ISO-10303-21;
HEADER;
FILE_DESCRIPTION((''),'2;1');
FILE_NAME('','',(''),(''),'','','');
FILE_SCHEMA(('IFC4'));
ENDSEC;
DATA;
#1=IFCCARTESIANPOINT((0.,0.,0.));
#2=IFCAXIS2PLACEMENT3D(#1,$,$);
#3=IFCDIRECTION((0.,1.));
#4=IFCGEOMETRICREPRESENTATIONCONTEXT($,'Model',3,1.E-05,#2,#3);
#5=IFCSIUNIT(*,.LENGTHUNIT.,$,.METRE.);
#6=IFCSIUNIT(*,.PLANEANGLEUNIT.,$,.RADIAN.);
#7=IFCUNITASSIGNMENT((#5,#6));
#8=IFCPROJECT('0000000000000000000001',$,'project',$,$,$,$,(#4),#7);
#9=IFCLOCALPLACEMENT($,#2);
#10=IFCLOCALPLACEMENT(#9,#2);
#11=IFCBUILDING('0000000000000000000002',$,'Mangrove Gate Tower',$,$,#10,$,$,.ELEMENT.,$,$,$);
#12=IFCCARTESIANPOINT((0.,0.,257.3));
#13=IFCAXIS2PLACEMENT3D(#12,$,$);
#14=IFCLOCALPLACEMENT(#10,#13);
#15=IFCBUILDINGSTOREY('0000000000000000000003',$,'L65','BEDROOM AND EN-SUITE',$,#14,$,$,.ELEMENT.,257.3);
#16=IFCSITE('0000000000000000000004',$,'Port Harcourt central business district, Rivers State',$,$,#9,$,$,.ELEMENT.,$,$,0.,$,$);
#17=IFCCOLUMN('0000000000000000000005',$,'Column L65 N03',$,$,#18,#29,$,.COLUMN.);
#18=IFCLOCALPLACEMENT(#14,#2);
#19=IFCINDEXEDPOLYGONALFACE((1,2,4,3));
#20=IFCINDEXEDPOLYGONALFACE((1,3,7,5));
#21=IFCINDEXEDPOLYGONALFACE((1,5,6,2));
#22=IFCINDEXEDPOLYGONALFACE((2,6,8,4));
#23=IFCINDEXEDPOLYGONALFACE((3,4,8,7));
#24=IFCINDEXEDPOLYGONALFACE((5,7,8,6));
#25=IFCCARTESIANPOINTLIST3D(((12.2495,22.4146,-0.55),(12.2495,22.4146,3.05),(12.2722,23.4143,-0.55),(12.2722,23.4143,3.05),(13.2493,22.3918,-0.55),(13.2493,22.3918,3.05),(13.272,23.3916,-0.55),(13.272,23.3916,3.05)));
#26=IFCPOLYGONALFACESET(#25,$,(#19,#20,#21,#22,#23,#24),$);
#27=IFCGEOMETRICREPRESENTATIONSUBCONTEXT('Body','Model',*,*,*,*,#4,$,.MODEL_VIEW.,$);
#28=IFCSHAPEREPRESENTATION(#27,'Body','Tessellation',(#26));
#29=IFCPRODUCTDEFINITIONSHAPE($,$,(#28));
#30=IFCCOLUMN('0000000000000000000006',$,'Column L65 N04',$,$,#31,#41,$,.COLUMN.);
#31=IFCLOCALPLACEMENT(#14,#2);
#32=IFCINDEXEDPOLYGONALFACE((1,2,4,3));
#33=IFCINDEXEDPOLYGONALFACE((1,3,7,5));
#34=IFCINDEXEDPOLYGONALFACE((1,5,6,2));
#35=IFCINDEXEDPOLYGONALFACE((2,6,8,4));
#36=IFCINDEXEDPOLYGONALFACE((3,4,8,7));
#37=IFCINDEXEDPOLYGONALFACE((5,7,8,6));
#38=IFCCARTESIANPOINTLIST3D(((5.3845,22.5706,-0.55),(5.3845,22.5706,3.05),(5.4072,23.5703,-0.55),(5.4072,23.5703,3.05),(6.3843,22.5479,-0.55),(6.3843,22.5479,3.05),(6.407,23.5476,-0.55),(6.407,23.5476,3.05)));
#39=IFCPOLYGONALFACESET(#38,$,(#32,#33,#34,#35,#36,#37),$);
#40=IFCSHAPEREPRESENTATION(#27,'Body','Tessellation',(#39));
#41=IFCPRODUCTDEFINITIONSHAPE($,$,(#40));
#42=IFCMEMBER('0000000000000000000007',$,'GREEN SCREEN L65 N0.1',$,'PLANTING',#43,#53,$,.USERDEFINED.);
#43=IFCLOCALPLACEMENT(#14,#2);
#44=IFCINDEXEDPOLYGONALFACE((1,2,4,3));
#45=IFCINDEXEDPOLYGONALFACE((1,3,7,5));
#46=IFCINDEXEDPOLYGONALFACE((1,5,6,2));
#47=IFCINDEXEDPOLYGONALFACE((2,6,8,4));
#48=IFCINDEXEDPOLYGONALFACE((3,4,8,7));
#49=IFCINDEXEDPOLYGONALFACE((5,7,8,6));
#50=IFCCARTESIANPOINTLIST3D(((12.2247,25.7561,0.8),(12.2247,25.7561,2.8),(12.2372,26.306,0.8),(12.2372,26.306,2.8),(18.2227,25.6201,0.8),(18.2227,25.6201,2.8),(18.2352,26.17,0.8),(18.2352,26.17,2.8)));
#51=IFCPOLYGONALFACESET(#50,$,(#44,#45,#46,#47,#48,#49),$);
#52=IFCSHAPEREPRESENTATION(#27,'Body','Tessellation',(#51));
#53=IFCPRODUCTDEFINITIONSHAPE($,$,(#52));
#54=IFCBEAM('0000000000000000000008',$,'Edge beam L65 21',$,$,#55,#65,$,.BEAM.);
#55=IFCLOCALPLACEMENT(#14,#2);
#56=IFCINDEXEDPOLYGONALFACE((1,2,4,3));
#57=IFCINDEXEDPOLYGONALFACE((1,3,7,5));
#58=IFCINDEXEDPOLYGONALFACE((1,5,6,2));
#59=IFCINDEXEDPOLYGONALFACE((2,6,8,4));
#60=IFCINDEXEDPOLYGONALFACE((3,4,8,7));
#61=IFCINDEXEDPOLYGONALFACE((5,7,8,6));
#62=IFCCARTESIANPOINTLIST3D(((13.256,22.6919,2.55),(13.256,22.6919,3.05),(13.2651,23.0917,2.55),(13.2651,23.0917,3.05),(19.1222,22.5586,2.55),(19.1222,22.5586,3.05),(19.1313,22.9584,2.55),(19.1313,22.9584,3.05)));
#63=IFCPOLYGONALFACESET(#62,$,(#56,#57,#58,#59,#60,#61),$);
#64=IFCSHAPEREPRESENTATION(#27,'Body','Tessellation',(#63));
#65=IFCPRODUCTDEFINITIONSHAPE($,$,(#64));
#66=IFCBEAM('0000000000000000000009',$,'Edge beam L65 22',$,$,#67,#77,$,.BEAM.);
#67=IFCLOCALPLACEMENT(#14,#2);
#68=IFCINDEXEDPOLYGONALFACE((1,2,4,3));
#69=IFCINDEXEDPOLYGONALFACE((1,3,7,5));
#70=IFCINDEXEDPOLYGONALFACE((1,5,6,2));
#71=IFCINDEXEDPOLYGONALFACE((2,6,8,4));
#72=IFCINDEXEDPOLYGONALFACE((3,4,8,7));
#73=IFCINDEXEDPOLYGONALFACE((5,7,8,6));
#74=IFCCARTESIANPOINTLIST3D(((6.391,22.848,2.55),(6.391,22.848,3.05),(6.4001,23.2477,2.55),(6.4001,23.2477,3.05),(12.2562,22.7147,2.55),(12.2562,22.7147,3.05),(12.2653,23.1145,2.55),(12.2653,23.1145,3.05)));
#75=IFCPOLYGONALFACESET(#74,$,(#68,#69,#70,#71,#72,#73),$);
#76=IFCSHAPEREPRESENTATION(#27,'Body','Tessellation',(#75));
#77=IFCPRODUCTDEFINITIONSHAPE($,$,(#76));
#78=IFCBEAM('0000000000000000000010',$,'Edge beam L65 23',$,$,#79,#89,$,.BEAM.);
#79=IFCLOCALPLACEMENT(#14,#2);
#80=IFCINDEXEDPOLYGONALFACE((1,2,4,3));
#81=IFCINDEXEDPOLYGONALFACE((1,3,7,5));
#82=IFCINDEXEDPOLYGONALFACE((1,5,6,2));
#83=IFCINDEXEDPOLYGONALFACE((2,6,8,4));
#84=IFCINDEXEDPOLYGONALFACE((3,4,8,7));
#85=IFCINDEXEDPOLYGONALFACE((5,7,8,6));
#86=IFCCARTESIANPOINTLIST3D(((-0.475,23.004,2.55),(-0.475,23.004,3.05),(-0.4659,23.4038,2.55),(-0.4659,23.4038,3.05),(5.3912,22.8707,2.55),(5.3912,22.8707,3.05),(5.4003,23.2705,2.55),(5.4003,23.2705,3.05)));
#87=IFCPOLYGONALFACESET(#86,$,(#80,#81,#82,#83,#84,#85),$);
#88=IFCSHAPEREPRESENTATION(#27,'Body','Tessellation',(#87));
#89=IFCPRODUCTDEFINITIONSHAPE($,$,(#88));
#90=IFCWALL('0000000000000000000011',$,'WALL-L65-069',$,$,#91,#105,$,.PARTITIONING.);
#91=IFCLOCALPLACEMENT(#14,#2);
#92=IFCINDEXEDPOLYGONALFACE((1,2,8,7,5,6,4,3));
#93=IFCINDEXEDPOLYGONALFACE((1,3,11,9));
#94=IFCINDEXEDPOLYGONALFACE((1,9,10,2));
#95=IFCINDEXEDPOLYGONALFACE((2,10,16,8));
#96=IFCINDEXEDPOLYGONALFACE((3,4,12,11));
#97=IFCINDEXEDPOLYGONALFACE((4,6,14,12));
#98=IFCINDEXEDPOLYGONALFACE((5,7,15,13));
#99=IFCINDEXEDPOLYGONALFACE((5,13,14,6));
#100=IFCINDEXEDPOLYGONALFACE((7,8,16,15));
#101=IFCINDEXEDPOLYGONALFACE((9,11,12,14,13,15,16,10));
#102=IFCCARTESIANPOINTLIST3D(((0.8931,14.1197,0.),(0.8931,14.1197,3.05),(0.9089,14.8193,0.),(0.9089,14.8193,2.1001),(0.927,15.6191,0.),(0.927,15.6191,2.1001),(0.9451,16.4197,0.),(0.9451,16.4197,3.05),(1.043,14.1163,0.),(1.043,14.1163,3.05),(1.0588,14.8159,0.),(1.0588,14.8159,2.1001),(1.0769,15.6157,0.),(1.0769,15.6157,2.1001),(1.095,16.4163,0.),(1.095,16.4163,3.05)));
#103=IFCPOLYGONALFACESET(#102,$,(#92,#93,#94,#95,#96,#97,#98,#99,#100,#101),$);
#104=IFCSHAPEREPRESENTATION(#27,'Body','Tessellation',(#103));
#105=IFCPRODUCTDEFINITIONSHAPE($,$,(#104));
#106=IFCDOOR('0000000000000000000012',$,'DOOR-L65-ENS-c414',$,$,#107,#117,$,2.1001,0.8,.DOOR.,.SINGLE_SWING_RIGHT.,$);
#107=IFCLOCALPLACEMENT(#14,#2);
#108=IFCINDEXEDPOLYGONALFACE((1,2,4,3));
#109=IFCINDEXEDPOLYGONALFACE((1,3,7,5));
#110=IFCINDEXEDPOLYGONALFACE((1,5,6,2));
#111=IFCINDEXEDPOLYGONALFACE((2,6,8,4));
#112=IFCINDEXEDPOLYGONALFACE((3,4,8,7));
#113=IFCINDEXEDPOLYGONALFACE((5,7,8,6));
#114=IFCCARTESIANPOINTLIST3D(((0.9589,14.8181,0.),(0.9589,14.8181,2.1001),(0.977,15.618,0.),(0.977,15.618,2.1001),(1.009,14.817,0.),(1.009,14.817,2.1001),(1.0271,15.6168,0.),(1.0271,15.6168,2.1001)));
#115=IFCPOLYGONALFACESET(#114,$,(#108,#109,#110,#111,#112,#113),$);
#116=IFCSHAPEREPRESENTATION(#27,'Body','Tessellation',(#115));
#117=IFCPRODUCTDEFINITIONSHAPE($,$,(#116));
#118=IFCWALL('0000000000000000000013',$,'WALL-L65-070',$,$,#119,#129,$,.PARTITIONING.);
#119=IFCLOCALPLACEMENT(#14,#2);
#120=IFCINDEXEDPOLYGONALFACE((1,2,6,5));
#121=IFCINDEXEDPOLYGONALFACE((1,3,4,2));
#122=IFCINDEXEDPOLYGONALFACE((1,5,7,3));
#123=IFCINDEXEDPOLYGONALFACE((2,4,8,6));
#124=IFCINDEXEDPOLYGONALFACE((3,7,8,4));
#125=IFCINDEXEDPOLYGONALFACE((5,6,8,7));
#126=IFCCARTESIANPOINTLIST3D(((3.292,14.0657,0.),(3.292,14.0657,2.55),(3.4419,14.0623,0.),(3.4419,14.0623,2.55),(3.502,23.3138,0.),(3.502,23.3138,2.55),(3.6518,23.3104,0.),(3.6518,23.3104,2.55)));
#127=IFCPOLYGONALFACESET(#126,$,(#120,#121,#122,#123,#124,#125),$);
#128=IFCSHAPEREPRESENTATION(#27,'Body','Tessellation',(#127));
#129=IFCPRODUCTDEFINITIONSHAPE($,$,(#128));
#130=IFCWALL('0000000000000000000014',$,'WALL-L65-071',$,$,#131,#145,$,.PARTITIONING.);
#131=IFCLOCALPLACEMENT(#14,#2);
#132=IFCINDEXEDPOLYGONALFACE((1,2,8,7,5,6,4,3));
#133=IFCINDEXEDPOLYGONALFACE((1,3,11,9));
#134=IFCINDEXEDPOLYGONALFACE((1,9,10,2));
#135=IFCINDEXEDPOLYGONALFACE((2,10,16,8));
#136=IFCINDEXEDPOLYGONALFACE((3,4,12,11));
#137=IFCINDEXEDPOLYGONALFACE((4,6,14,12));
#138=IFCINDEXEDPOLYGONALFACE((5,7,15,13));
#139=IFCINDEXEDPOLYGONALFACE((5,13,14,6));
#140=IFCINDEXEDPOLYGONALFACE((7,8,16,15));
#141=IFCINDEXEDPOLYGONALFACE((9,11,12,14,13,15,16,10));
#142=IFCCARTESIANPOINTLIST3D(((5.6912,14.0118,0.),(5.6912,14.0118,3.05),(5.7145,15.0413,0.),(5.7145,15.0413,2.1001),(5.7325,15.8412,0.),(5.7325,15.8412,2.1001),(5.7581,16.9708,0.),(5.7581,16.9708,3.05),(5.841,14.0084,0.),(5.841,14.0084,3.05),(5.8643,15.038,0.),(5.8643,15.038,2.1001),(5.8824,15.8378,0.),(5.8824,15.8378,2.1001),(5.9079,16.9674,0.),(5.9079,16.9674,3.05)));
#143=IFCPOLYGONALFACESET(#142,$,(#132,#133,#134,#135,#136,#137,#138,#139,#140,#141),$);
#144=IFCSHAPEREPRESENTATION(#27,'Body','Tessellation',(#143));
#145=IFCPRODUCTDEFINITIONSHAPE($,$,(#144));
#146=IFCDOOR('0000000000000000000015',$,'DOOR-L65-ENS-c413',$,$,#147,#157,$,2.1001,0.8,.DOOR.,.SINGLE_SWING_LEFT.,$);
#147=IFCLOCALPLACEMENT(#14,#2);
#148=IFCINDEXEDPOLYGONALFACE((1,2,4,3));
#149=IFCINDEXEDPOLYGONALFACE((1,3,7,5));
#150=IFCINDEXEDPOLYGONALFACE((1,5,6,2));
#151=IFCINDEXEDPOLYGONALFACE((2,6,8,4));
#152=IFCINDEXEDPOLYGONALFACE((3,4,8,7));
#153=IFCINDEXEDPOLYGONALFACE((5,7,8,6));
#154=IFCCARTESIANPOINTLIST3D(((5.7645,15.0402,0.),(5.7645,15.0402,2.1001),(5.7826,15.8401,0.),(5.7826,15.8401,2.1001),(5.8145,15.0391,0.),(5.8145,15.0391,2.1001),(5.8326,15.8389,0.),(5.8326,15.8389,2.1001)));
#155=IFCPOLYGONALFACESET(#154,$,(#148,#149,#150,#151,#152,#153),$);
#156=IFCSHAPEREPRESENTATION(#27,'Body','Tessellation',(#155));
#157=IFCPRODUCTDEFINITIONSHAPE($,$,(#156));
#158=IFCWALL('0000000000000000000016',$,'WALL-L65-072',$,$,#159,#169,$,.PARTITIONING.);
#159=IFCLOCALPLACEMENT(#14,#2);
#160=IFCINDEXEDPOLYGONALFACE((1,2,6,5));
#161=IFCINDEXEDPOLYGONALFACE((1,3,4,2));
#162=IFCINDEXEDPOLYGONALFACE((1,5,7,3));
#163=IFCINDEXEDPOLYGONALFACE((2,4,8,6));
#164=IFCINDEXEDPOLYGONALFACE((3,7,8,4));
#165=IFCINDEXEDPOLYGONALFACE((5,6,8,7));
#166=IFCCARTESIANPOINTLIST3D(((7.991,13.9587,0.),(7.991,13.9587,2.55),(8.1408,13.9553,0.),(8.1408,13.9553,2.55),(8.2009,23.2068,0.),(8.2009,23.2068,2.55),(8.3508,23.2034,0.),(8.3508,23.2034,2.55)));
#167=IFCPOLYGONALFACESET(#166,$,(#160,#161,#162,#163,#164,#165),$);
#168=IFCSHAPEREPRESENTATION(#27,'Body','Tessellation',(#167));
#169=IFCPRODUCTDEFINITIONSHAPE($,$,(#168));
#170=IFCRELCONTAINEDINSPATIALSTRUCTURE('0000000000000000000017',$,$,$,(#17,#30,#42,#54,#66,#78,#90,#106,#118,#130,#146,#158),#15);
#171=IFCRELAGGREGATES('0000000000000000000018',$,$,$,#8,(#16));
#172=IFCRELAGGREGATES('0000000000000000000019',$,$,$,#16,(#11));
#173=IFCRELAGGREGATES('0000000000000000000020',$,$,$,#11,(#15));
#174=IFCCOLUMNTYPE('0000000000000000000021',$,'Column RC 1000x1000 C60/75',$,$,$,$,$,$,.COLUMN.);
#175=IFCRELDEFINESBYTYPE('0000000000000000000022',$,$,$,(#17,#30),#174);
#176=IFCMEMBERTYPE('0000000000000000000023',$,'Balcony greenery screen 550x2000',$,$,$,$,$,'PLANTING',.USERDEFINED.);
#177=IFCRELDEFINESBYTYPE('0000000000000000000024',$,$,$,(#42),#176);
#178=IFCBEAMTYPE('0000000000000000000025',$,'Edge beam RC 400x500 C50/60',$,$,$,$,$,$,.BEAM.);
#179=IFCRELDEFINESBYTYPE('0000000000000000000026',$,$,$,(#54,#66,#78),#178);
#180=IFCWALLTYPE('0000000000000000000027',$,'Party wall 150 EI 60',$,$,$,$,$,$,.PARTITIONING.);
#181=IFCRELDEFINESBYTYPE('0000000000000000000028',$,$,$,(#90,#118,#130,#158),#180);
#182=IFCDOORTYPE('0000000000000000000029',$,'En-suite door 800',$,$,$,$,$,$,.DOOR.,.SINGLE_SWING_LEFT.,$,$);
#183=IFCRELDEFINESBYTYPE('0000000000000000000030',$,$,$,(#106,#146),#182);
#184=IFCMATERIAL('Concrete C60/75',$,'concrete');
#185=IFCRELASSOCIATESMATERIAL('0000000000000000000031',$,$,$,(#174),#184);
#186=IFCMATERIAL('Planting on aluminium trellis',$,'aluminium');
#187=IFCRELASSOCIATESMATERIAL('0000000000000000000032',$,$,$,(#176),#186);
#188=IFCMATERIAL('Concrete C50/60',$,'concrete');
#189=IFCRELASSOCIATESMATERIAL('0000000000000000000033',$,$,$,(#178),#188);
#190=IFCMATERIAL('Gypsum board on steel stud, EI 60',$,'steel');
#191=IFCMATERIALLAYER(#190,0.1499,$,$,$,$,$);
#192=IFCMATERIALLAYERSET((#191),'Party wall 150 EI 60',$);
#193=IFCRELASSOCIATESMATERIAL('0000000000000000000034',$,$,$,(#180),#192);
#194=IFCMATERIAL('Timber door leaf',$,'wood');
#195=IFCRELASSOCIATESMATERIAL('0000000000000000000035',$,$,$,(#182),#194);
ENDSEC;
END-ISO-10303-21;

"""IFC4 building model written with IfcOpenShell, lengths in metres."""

from ifc_helpers import new_model, si_unit, direction, frame, frame_2d, origin, origin_2d, place, context, subcontext, project, spatial, rectangle, extrude, material, layer, layer_set, material_profile, profile_set, type_object, element, fill, save


model = new_model("IFC4")

# Units and contexts
model_context = context("Model", 3, precision=1e-05, world=origin(), true_north=direction((0.0, 1.0)))
body_context = subcontext(model_context, "Body", "Model", "MODEL_VIEW")
ifc_project = project(units=[si_unit("LENGTHUNIT", "METRE"), si_unit("PLANEANGLEUNIT", "RADIAN")], contexts=[model_context])

# Site, building, storey
site_placement = place(None, origin())
site = spatial("IfcSite", under=ifc_project, at=site_placement, Name="Port Harcourt central business district, Rivers State", CompositionType="ELEMENT", RefElevation=0.0)
building_placement = place(site_placement, origin())
building = spatial("IfcBuilding", under=site, at=building_placement, Name="Mangrove Gate Tower", CompositionType="ELEMENT")
storey_placement = place(building_placement, frame((0.0, 0.0, 257.3)))
storey = spatial("IfcBuildingStorey", under=building, at=storey_placement, Name="L65", Description="BEDROOM AND EN-SUITE", CompositionType="ELEMENT", Elevation=257.3)

# Columns
ifc_material_1 = material(Name="Concrete C60/75", Category="concrete")
ifc_material_profile_1 = material_profile(ifc_material_1, rectangle(XDim=1.0, YDim=1.0, at=origin_2d()))
ifc_profile_set_1 = profile_set([ifc_material_profile_1], Name="Concrete C60/75")
column_type = type_object("IfcColumnType", Name="Column RC 1000x1000 C60/75", PredefinedType="COLUMN", material=ifc_profile_set_1)
for number, where, z_axis, x_axis, name in (
    (1, (12.7607, 22.9031, -0.55), (0.0, 0.0, 1.0), (-0.999742, 0.022716, 0.0), "Column L65 N03"),
    (2, (5.8958, 23.0591, -0.55), (0.0, 0.0, 1.0), (-0.999742, 0.022716, 0.0), "Column L65 N04"),
):
    element("IfcColumn", number, at=place(storey_placement, frame(where, z_axis=z_axis, x_axis=x_axis)), inside=storey, type_object=column_type, Name=name, PredefinedType="COLUMN", context=body_context, shape_type="SweptSolid", body=[
        extrude(rectangle(XDim=1.0, YDim=1.0, at=origin_2d()), origin(), (0.0, 0.0, 1.0), 3.6001),
    ])

# Member
ifc_material_2 = material(Name="Planting on aluminium trellis", Category="aluminium")
ifc_material_profile_2 = material_profile(ifc_material_2, rectangle(XDim=0.55, YDim=2.0, at=origin_2d()))
ifc_profile_set_2 = profile_set([ifc_material_profile_2], Name="Planting on aluminium trellis")
member_type = type_object("IfcMemberType", Name="Balcony greenery screen 550x2000", ElementType="PLANTING", PredefinedType="USERDEFINED", material=ifc_profile_set_2)
member_placement = place(storey_placement, frame((12.231, 26.031, 1.8), z_axis=(0.999743, -0.022666, 0.0), x_axis=(0.022666, 0.999743, 0.0)))
element("IfcMember", 3, at=member_placement, inside=storey, type_object=member_type, Name="GREEN SCREEN L65 N0.1", ObjectType="PLANTING", PredefinedType="USERDEFINED", context=body_context, shape_type="SweptSolid", body=[
    extrude(rectangle(XDim=0.55, YDim=2.0, at=origin_2d()), origin(), (0.0, 0.0, 1.0), 5.9995),
])

# Beams
ifc_material_3 = material(Name="Concrete C50/60", Category="concrete")
ifc_material_profile_3 = material_profile(ifc_material_3, rectangle(XDim=0.3999, YDim=0.5, at=origin_2d()))
ifc_profile_set_3 = profile_set([ifc_material_profile_3], Name="Concrete C50/60")
beam_type = type_object("IfcBeamType", Name="Edge beam RC 400x500 C50/60", PredefinedType="BEAM", material=ifc_profile_set_3)
beam_1_placement = place(storey_placement, frame((19.1267, 22.7585, 2.8), z_axis=(-0.999742, 0.022718, 0.0), x_axis=(-0.022718, -0.999742, 0.0)))
element("IfcBeam", 4, at=beam_1_placement, inside=storey, type_object=beam_type, Name="Edge beam L65 21", PredefinedType="BEAM", context=body_context, shape_type="SweptSolid", body=[
    extrude(rectangle(XDim=0.3999, YDim=0.5, at=origin_2d()), origin(), (0.0, 0.0, 1.0), 5.8677),
])
beam_2_placement = place(storey_placement, frame((12.2607, 22.9146, 2.8), z_axis=(-0.999742, 0.022721, 0.0), x_axis=(-0.022721, -0.999742, 0.0)))
element("IfcBeam", 5, at=beam_2_placement, inside=storey, type_object=beam_type, Name="Edge beam L65 22", PredefinedType="BEAM", context=body_context, shape_type="SweptSolid", body=[
    extrude(rectangle(XDim=0.3999, YDim=0.5, at=origin_2d()), origin(), (0.0, 0.0, 1.0), 5.8667),
])
beam_3_placement = place(storey_placement, frame((5.3958, 23.0706, 2.8), z_axis=(-0.999742, 0.022718, 0.0), x_axis=(-0.022718, -0.999742, 0.0)))
element("IfcBeam", 6, at=beam_3_placement, inside=storey, type_object=beam_type, Name="Edge beam L65 23", PredefinedType="BEAM", context=body_context, shape_type="SweptSolid", body=[
    extrude(rectangle(XDim=0.3999, YDim=0.5, at=origin_2d()), origin(), (0.0, 0.0, 1.0), 5.8677),
])

# Wall, opening, door
ifc_material_4 = material(Name="Gypsum board on steel stud, EI 60", Category="steel")
ifc_layer_1 = layer(ifc_material_4, 0.1499)
ifc_layer_set_1 = layer_set([ifc_layer_1], Name="Party wall 150 EI 60")
wall_type_1 = type_object("IfcWallType", Name="Party wall 150 EI 60", PredefinedType="PARTITIONING", material=ifc_layer_set_1)
wall_1_placement = place(storey_placement, frame((0.968, 14.1179, 0.0), z_axis=(0.0, 0.0, 1.0), x_axis=(0.022603, 0.999745, 0.0)))
wall_1 = element("IfcWall", 7, at=wall_1_placement, inside=storey, type_object=wall_type_1, Name="WALL-L65-069", PredefinedType="PARTITIONING", context=body_context, shape_type="SweptSolid", body=[
    extrude(rectangle(XDim=2.3005, YDim=0.1499, at=frame_2d((1.1504, 0.0))), origin(), (0.0, 0.0, 1.0), 3.05),
])
opening_1_placement = place(wall_1_placement, frame((0.7, 0.0, 0.0)))
opening_1 = element("IfcOpeningElement", 8, at=opening_1_placement, cuts=wall_1, PredefinedType="OPENING", context=body_context, shape_type="SweptSolid", body=[
    extrude(rectangle(XDim=0.8, YDim=2.1001, at=frame_2d((0.3999, 1.05))), frame((0.0, 0.085, 0.0), z_axis=(0.0, -1.0, 0.0), x_axis=(1.0, 0.0, 0.0)), (0.0, 0.0, 1.0), 0.1699),
])
ifc_material_5 = material(Name="Timber door leaf", Category="wood")
door_type = type_object("IfcDoorType", Name="En-suite door 800", OperationType="SINGLE_SWING_LEFT", PredefinedType="DOOR", material=ifc_material_5)
door_1_placement = place(opening_1_placement, origin())
door_1 = element("IfcDoor", 9, at=door_1_placement, inside=storey, type_object=door_type, Name="DOOR-L65-ENS-c414", OperationType="SINGLE_SWING_RIGHT", OverallHeight=2.1001, OverallWidth=0.8, PredefinedType="DOOR", context=body_context, shape_type="SweptSolid", body=[
    extrude(rectangle(XDim=0.8, YDim=2.1001, at=frame_2d((0.3999, 1.05))), frame((0.0, 0.0249, 0.0), z_axis=(0.0, -1.0, 0.0), x_axis=(1.0, 0.0, 0.0)), (0.0, 0.0, 1.0), 0.05),
])
fill(opening_1, door_1)

# Wall
wall_2_placement = place(storey_placement, frame((3.3669, 14.064, 0.0), z_axis=(0.0, 0.0, 1.0), x_axis=(0.022697, 0.999742, 0.0)))
element("IfcWall", 10, at=wall_2_placement, inside=storey, type_object=wall_type_1, Name="WALL-L65-070", PredefinedType="PARTITIONING", context=body_context, shape_type="SweptSolid", body=[
    extrude(rectangle(XDim=9.2505, YDim=0.1499, at=frame_2d((4.6252, 0.0))), origin(), (0.0, 0.0, 1.0), 2.55),
])

# Wall, opening, door
wall_3_placement = place(storey_placement, frame((5.7661, 14.01, 0.0), z_axis=(0.0, 0.0, 1.0), x_axis=(0.022601, 0.999745, 0.0)))
wall_3 = element("IfcWall", 11, at=wall_3_placement, inside=storey, type_object=wall_type_1, Name="WALL-L65-071", PredefinedType="PARTITIONING", context=body_context, shape_type="SweptSolid", body=[
    extrude(rectangle(XDim=2.9597, YDim=0.1499, at=frame_2d((1.48, 0.0))), origin(), (0.0, 0.0, 1.0), 3.05),
])
opening_2_placement = place(wall_3_placement, frame((1.03, 0.0, 0.0)))
opening_2 = element("IfcOpeningElement", 12, at=opening_2_placement, cuts=wall_3, PredefinedType="OPENING", context=body_context, shape_type="SweptSolid", body=[
    extrude(rectangle(XDim=0.8, YDim=2.1001, at=frame_2d((0.3999, 1.05))), frame((0.0, 0.085, 0.0), z_axis=(0.0, -1.0, 0.0), x_axis=(1.0, 0.0, 0.0)), (0.0, 0.0, 1.0), 0.1699),
])
door_2_placement = place(opening_2_placement, origin())
door_2 = element("IfcDoor", 13, at=door_2_placement, inside=storey, type_object=door_type, Name="DOOR-L65-ENS-c413", OperationType="SINGLE_SWING_LEFT", OverallHeight=2.1001, OverallWidth=0.8, PredefinedType="DOOR", context=body_context, shape_type="SweptSolid", body=[
    extrude(rectangle(XDim=0.8, YDim=2.1001, at=frame_2d((0.3999, 1.05))), frame((0.0, 0.0249, 0.0), z_axis=(0.0, -1.0, 0.0), x_axis=(1.0, 0.0, 0.0)), (0.0, 0.0, 1.0), 0.05),
])
fill(opening_2, door_2)

# Wall
wall_4_placement = place(storey_placement, frame((8.0659, 13.957, 0.0), z_axis=(0.0, 0.0, 1.0), x_axis=(0.022697, 0.999742, 0.0)))
element("IfcWall", 14, at=wall_4_placement, inside=storey, type_object=wall_type_1, Name="WALL-L65-072", PredefinedType="PARTITIONING", context=body_context, shape_type="SweptSolid", body=[
    extrude(rectangle(XDim=9.2505, YDim=0.1499, at=frame_2d((4.6252, 0.0))), origin(), (0.0, 0.0, 1.0), 2.55),
])

save(model, "model.ifc")
